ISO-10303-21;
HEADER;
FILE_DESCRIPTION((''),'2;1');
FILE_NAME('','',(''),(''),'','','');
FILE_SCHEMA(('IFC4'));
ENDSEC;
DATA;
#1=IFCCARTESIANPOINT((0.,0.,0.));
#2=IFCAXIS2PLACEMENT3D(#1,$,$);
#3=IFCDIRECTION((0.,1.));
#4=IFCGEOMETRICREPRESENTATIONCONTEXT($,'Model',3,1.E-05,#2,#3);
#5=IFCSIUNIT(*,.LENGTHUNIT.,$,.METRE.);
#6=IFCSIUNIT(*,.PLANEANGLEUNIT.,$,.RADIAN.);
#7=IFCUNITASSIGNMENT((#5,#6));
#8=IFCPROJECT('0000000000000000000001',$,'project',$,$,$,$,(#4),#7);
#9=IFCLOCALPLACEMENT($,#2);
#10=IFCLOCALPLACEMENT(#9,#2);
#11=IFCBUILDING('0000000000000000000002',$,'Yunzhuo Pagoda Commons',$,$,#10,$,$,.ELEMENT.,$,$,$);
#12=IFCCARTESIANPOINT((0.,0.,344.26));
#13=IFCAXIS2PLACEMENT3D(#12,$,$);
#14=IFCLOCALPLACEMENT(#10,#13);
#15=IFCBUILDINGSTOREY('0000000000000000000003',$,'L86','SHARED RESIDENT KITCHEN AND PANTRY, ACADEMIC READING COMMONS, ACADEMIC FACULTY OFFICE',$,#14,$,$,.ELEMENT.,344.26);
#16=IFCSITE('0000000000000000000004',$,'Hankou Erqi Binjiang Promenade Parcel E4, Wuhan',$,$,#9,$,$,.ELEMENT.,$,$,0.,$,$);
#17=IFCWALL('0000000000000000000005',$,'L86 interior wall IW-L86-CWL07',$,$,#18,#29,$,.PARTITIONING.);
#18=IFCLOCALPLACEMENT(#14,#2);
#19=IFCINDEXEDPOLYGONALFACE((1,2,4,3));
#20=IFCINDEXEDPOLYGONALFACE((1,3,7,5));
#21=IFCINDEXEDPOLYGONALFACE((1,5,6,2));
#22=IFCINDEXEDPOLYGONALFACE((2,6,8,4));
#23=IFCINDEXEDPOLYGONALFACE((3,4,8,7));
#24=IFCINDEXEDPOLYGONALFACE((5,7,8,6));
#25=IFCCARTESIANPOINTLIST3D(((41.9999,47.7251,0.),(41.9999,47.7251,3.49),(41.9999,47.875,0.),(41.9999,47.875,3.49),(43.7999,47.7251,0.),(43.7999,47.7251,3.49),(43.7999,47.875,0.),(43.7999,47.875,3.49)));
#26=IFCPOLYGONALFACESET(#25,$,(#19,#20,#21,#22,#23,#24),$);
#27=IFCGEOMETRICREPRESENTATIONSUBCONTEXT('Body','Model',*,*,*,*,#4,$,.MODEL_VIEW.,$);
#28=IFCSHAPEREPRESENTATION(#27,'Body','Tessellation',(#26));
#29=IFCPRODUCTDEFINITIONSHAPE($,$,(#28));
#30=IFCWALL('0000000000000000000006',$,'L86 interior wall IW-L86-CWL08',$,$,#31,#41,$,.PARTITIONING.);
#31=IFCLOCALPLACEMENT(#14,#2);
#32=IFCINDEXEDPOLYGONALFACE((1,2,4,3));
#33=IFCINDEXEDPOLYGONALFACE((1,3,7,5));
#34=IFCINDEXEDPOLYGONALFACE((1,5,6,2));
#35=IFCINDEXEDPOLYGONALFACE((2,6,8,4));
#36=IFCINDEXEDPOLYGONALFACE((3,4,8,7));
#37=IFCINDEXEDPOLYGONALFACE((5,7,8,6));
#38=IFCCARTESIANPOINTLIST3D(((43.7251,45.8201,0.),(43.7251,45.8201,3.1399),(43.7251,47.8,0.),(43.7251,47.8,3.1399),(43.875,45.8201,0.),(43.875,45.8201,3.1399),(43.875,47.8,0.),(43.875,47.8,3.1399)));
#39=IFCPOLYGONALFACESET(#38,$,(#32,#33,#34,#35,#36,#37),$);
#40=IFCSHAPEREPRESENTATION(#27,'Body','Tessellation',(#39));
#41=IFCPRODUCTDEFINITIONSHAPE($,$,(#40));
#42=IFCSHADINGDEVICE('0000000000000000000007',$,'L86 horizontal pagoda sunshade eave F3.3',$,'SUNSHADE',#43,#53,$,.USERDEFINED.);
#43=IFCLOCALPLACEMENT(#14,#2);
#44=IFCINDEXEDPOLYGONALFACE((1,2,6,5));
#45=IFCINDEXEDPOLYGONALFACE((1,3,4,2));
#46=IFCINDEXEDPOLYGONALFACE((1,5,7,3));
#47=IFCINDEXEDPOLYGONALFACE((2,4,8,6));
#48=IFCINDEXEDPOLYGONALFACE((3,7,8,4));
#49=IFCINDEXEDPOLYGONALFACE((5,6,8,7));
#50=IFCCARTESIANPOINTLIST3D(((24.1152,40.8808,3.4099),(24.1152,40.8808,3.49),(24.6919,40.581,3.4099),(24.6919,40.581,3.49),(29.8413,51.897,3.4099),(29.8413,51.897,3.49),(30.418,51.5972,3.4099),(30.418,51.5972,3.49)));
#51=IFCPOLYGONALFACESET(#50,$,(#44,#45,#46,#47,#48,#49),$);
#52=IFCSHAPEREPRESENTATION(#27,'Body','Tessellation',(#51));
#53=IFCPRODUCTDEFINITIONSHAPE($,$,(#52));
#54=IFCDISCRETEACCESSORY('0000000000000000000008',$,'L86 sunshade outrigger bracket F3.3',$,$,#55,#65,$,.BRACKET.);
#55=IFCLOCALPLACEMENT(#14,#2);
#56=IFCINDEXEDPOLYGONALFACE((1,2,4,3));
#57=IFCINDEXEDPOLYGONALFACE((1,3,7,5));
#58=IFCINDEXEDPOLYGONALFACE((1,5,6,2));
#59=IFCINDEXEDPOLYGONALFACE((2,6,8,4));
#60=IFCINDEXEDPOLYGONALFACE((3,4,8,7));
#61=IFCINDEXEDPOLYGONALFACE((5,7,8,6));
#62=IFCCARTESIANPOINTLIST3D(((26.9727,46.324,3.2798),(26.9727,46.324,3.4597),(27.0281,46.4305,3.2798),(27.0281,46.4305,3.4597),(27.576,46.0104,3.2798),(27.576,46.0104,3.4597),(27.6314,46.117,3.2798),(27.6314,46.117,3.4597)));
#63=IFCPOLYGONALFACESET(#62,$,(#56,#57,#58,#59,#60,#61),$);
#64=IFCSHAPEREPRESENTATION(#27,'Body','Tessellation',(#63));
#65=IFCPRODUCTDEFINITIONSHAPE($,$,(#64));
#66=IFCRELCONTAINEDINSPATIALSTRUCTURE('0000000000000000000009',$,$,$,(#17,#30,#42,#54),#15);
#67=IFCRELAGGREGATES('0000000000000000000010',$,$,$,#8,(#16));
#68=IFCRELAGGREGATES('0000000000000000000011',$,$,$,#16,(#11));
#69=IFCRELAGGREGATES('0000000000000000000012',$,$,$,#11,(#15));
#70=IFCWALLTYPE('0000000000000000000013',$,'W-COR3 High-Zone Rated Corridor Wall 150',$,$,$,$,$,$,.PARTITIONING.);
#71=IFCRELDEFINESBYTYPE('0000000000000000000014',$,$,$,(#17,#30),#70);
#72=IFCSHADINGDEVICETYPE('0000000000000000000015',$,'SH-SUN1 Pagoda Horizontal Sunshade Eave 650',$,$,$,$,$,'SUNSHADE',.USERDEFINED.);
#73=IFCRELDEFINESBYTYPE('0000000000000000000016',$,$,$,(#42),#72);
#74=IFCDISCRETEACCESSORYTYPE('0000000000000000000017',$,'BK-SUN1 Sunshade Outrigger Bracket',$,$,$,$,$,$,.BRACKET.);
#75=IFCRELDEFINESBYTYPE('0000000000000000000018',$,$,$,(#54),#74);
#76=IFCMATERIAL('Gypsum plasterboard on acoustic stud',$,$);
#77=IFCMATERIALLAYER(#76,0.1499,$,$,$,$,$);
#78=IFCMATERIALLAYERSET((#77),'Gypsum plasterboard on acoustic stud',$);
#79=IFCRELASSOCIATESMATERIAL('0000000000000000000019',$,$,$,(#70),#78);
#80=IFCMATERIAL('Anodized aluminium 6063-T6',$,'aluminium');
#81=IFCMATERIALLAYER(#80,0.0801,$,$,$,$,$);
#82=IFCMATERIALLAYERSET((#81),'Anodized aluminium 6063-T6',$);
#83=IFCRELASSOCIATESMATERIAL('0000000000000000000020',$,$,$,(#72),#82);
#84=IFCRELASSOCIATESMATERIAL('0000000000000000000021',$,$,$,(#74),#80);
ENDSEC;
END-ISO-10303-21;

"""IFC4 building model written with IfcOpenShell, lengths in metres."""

from ifc_helpers import new_model, si_unit, direction, frame, frame_2d, origin, origin_2d, place, context, subcontext, project, spatial, rectangle, extrude, source, transform, mapped, material, layer, layer_set, type_object, element, save


model = new_model("IFC4")

# Units and contexts
model_context = context("Model", 3, precision=1e-05, world=origin(), true_north=direction((0.0, 1.0)))
body_context = subcontext(model_context, "Body", "Model", "MODEL_VIEW")
ifc_project = project(units=[si_unit("LENGTHUNIT", "METRE"), si_unit("PLANEANGLEUNIT", "RADIAN")], contexts=[model_context])

# Site, building, storey
site_placement = place(None, origin())
site = spatial("IfcSite", under=ifc_project, at=site_placement, Name="Hankou Erqi Binjiang Promenade Parcel E4, Wuhan", CompositionType="ELEMENT", RefElevation=0.0)
building_placement = place(site_placement, origin())
building = spatial("IfcBuilding", under=site, at=building_placement, Name="Yunzhuo Pagoda Commons", CompositionType="ELEMENT")
storey_placement = place(building_placement, frame((0.0, 0.0, 344.26)))
storey = spatial("IfcBuildingStorey", under=building, at=storey_placement, Name="L86", Description="SHARED RESIDENT KITCHEN AND PANTRY, ACADEMIC READING COMMONS, ACADEMIC FACULTY OFFICE", CompositionType="ELEMENT", Elevation=344.26)

# Shared definitions
ifc_material_1 = material(Name="Anodized aluminium 6063-T6", Category="aluminium")

# Walls
ifc_material_2 = material(Name="Gypsum plasterboard on acoustic stud")
ifc_layer_1 = layer(ifc_material_2, 0.1499)
ifc_layer_set_1 = layer_set([ifc_layer_1], Name="Gypsum plasterboard on acoustic stud")
wall_type = type_object("IfcWallType", Name="W-COR3 High-Zone Rated Corridor Wall 150", PredefinedType="PARTITIONING", material=ifc_layer_set_1)
wall_1_placement = place(storey_placement, frame((42.0, 47.8, 0.0), z_axis=(0.0, 0.0, 1.0), x_axis=(1.0, 0.0, 0.0)))
element("IfcWall", 1, at=wall_1_placement, inside=storey, type_object=wall_type, Name="L86 interior wall IW-L86-CWL07", PredefinedType="PARTITIONING", context=body_context, shape_type="SweptSolid", body=[
    extrude(rectangle(XDim=1.8, YDim=0.1499, at=frame_2d((0.8999, 0.0))), origin(), (0.0, 0.0, 1.0), 3.49),
])
wall_2_placement = place(storey_placement, frame((43.8, 47.8, 0.0), z_axis=(0.0, 0.0, 1.0), x_axis=(0.0, -1.0, 0.0)))
element("IfcWall", 2, at=wall_2_placement, inside=storey, type_object=wall_type, Name="L86 interior wall IW-L86-CWL08", PredefinedType="PARTITIONING", context=body_context, shape_type="SweptSolid", body=[
    extrude(rectangle(XDim=1.98, YDim=0.1499, at=frame_2d((0.99, 0.0))), origin(), (0.0, 0.0, 1.0), 3.1399),
])

# Shading device
ifc_layer_2 = layer(ifc_material_1, 0.0801)
ifc_layer_set_2 = layer_set([ifc_layer_2], Name="Anodized aluminium 6063-T6")
shading_device_type = type_object("IfcShadingDeviceType", Name="SH-SUN1 Pagoda Horizontal Sunshade Eave 650", ElementType="SUNSHADE", PredefinedType="USERDEFINED", material=ifc_layer_set_2)
shared_shape_1 = source(origin(), body_context, "Body", "SweptSolid", [
    extrude(rectangle(XDim=12.4155, YDim=0.6499, at=origin_2d()), origin(), (0.0, 0.0, 1.0), 0.0801),
])
shading_device_placement = place(storey_placement, frame((27.2666, 46.239, 3.4099), z_axis=(0.0, 0.0, 1.0), x_axis=(-0.461207, -0.887293, 0.0)))
element("IfcShadingDevice", 3, at=shading_device_placement, inside=storey, type_object=shading_device_type, Name="L86 horizontal pagoda sunshade eave F3.3", ObjectType="SUNSHADE", PredefinedType="USERDEFINED", context=body_context, shape_type="MappedRepresentation", body=[
    mapped(shared_shape_1, transform((0.0, 0.0, 0.0), scale=1.0)),
])

# Discrete accessory
discrete_accessory_type = type_object("IfcDiscreteAccessoryType", Name="BK-SUN1 Sunshade Outrigger Bracket", PredefinedType="BRACKET", material=ifc_material_1)
shared_shape_2 = source(origin(), body_context, "Body", "SweptSolid", [
    extrude(rectangle(XDim=0.1201, YDim=0.6799, at=origin_2d()), origin(), (0.0, 0.0, 1.0), 0.1799),
])
discrete_accessory_placement = place(storey_placement, frame((27.302, 46.2205, 3.2798), z_axis=(0.0, 0.0, 1.0), x_axis=(-0.461207, -0.887293, 0.0)))
element("IfcDiscreteAccessory", 4, at=discrete_accessory_placement, inside=storey, type_object=discrete_accessory_type, Name="L86 sunshade outrigger bracket F3.3", PredefinedType="BRACKET", context=body_context, shape_type="MappedRepresentation", body=[
    mapped(shared_shape_2, transform((0.0, 0.0, 0.0), scale=1.0)),
])

save(model, "model.ifc")
